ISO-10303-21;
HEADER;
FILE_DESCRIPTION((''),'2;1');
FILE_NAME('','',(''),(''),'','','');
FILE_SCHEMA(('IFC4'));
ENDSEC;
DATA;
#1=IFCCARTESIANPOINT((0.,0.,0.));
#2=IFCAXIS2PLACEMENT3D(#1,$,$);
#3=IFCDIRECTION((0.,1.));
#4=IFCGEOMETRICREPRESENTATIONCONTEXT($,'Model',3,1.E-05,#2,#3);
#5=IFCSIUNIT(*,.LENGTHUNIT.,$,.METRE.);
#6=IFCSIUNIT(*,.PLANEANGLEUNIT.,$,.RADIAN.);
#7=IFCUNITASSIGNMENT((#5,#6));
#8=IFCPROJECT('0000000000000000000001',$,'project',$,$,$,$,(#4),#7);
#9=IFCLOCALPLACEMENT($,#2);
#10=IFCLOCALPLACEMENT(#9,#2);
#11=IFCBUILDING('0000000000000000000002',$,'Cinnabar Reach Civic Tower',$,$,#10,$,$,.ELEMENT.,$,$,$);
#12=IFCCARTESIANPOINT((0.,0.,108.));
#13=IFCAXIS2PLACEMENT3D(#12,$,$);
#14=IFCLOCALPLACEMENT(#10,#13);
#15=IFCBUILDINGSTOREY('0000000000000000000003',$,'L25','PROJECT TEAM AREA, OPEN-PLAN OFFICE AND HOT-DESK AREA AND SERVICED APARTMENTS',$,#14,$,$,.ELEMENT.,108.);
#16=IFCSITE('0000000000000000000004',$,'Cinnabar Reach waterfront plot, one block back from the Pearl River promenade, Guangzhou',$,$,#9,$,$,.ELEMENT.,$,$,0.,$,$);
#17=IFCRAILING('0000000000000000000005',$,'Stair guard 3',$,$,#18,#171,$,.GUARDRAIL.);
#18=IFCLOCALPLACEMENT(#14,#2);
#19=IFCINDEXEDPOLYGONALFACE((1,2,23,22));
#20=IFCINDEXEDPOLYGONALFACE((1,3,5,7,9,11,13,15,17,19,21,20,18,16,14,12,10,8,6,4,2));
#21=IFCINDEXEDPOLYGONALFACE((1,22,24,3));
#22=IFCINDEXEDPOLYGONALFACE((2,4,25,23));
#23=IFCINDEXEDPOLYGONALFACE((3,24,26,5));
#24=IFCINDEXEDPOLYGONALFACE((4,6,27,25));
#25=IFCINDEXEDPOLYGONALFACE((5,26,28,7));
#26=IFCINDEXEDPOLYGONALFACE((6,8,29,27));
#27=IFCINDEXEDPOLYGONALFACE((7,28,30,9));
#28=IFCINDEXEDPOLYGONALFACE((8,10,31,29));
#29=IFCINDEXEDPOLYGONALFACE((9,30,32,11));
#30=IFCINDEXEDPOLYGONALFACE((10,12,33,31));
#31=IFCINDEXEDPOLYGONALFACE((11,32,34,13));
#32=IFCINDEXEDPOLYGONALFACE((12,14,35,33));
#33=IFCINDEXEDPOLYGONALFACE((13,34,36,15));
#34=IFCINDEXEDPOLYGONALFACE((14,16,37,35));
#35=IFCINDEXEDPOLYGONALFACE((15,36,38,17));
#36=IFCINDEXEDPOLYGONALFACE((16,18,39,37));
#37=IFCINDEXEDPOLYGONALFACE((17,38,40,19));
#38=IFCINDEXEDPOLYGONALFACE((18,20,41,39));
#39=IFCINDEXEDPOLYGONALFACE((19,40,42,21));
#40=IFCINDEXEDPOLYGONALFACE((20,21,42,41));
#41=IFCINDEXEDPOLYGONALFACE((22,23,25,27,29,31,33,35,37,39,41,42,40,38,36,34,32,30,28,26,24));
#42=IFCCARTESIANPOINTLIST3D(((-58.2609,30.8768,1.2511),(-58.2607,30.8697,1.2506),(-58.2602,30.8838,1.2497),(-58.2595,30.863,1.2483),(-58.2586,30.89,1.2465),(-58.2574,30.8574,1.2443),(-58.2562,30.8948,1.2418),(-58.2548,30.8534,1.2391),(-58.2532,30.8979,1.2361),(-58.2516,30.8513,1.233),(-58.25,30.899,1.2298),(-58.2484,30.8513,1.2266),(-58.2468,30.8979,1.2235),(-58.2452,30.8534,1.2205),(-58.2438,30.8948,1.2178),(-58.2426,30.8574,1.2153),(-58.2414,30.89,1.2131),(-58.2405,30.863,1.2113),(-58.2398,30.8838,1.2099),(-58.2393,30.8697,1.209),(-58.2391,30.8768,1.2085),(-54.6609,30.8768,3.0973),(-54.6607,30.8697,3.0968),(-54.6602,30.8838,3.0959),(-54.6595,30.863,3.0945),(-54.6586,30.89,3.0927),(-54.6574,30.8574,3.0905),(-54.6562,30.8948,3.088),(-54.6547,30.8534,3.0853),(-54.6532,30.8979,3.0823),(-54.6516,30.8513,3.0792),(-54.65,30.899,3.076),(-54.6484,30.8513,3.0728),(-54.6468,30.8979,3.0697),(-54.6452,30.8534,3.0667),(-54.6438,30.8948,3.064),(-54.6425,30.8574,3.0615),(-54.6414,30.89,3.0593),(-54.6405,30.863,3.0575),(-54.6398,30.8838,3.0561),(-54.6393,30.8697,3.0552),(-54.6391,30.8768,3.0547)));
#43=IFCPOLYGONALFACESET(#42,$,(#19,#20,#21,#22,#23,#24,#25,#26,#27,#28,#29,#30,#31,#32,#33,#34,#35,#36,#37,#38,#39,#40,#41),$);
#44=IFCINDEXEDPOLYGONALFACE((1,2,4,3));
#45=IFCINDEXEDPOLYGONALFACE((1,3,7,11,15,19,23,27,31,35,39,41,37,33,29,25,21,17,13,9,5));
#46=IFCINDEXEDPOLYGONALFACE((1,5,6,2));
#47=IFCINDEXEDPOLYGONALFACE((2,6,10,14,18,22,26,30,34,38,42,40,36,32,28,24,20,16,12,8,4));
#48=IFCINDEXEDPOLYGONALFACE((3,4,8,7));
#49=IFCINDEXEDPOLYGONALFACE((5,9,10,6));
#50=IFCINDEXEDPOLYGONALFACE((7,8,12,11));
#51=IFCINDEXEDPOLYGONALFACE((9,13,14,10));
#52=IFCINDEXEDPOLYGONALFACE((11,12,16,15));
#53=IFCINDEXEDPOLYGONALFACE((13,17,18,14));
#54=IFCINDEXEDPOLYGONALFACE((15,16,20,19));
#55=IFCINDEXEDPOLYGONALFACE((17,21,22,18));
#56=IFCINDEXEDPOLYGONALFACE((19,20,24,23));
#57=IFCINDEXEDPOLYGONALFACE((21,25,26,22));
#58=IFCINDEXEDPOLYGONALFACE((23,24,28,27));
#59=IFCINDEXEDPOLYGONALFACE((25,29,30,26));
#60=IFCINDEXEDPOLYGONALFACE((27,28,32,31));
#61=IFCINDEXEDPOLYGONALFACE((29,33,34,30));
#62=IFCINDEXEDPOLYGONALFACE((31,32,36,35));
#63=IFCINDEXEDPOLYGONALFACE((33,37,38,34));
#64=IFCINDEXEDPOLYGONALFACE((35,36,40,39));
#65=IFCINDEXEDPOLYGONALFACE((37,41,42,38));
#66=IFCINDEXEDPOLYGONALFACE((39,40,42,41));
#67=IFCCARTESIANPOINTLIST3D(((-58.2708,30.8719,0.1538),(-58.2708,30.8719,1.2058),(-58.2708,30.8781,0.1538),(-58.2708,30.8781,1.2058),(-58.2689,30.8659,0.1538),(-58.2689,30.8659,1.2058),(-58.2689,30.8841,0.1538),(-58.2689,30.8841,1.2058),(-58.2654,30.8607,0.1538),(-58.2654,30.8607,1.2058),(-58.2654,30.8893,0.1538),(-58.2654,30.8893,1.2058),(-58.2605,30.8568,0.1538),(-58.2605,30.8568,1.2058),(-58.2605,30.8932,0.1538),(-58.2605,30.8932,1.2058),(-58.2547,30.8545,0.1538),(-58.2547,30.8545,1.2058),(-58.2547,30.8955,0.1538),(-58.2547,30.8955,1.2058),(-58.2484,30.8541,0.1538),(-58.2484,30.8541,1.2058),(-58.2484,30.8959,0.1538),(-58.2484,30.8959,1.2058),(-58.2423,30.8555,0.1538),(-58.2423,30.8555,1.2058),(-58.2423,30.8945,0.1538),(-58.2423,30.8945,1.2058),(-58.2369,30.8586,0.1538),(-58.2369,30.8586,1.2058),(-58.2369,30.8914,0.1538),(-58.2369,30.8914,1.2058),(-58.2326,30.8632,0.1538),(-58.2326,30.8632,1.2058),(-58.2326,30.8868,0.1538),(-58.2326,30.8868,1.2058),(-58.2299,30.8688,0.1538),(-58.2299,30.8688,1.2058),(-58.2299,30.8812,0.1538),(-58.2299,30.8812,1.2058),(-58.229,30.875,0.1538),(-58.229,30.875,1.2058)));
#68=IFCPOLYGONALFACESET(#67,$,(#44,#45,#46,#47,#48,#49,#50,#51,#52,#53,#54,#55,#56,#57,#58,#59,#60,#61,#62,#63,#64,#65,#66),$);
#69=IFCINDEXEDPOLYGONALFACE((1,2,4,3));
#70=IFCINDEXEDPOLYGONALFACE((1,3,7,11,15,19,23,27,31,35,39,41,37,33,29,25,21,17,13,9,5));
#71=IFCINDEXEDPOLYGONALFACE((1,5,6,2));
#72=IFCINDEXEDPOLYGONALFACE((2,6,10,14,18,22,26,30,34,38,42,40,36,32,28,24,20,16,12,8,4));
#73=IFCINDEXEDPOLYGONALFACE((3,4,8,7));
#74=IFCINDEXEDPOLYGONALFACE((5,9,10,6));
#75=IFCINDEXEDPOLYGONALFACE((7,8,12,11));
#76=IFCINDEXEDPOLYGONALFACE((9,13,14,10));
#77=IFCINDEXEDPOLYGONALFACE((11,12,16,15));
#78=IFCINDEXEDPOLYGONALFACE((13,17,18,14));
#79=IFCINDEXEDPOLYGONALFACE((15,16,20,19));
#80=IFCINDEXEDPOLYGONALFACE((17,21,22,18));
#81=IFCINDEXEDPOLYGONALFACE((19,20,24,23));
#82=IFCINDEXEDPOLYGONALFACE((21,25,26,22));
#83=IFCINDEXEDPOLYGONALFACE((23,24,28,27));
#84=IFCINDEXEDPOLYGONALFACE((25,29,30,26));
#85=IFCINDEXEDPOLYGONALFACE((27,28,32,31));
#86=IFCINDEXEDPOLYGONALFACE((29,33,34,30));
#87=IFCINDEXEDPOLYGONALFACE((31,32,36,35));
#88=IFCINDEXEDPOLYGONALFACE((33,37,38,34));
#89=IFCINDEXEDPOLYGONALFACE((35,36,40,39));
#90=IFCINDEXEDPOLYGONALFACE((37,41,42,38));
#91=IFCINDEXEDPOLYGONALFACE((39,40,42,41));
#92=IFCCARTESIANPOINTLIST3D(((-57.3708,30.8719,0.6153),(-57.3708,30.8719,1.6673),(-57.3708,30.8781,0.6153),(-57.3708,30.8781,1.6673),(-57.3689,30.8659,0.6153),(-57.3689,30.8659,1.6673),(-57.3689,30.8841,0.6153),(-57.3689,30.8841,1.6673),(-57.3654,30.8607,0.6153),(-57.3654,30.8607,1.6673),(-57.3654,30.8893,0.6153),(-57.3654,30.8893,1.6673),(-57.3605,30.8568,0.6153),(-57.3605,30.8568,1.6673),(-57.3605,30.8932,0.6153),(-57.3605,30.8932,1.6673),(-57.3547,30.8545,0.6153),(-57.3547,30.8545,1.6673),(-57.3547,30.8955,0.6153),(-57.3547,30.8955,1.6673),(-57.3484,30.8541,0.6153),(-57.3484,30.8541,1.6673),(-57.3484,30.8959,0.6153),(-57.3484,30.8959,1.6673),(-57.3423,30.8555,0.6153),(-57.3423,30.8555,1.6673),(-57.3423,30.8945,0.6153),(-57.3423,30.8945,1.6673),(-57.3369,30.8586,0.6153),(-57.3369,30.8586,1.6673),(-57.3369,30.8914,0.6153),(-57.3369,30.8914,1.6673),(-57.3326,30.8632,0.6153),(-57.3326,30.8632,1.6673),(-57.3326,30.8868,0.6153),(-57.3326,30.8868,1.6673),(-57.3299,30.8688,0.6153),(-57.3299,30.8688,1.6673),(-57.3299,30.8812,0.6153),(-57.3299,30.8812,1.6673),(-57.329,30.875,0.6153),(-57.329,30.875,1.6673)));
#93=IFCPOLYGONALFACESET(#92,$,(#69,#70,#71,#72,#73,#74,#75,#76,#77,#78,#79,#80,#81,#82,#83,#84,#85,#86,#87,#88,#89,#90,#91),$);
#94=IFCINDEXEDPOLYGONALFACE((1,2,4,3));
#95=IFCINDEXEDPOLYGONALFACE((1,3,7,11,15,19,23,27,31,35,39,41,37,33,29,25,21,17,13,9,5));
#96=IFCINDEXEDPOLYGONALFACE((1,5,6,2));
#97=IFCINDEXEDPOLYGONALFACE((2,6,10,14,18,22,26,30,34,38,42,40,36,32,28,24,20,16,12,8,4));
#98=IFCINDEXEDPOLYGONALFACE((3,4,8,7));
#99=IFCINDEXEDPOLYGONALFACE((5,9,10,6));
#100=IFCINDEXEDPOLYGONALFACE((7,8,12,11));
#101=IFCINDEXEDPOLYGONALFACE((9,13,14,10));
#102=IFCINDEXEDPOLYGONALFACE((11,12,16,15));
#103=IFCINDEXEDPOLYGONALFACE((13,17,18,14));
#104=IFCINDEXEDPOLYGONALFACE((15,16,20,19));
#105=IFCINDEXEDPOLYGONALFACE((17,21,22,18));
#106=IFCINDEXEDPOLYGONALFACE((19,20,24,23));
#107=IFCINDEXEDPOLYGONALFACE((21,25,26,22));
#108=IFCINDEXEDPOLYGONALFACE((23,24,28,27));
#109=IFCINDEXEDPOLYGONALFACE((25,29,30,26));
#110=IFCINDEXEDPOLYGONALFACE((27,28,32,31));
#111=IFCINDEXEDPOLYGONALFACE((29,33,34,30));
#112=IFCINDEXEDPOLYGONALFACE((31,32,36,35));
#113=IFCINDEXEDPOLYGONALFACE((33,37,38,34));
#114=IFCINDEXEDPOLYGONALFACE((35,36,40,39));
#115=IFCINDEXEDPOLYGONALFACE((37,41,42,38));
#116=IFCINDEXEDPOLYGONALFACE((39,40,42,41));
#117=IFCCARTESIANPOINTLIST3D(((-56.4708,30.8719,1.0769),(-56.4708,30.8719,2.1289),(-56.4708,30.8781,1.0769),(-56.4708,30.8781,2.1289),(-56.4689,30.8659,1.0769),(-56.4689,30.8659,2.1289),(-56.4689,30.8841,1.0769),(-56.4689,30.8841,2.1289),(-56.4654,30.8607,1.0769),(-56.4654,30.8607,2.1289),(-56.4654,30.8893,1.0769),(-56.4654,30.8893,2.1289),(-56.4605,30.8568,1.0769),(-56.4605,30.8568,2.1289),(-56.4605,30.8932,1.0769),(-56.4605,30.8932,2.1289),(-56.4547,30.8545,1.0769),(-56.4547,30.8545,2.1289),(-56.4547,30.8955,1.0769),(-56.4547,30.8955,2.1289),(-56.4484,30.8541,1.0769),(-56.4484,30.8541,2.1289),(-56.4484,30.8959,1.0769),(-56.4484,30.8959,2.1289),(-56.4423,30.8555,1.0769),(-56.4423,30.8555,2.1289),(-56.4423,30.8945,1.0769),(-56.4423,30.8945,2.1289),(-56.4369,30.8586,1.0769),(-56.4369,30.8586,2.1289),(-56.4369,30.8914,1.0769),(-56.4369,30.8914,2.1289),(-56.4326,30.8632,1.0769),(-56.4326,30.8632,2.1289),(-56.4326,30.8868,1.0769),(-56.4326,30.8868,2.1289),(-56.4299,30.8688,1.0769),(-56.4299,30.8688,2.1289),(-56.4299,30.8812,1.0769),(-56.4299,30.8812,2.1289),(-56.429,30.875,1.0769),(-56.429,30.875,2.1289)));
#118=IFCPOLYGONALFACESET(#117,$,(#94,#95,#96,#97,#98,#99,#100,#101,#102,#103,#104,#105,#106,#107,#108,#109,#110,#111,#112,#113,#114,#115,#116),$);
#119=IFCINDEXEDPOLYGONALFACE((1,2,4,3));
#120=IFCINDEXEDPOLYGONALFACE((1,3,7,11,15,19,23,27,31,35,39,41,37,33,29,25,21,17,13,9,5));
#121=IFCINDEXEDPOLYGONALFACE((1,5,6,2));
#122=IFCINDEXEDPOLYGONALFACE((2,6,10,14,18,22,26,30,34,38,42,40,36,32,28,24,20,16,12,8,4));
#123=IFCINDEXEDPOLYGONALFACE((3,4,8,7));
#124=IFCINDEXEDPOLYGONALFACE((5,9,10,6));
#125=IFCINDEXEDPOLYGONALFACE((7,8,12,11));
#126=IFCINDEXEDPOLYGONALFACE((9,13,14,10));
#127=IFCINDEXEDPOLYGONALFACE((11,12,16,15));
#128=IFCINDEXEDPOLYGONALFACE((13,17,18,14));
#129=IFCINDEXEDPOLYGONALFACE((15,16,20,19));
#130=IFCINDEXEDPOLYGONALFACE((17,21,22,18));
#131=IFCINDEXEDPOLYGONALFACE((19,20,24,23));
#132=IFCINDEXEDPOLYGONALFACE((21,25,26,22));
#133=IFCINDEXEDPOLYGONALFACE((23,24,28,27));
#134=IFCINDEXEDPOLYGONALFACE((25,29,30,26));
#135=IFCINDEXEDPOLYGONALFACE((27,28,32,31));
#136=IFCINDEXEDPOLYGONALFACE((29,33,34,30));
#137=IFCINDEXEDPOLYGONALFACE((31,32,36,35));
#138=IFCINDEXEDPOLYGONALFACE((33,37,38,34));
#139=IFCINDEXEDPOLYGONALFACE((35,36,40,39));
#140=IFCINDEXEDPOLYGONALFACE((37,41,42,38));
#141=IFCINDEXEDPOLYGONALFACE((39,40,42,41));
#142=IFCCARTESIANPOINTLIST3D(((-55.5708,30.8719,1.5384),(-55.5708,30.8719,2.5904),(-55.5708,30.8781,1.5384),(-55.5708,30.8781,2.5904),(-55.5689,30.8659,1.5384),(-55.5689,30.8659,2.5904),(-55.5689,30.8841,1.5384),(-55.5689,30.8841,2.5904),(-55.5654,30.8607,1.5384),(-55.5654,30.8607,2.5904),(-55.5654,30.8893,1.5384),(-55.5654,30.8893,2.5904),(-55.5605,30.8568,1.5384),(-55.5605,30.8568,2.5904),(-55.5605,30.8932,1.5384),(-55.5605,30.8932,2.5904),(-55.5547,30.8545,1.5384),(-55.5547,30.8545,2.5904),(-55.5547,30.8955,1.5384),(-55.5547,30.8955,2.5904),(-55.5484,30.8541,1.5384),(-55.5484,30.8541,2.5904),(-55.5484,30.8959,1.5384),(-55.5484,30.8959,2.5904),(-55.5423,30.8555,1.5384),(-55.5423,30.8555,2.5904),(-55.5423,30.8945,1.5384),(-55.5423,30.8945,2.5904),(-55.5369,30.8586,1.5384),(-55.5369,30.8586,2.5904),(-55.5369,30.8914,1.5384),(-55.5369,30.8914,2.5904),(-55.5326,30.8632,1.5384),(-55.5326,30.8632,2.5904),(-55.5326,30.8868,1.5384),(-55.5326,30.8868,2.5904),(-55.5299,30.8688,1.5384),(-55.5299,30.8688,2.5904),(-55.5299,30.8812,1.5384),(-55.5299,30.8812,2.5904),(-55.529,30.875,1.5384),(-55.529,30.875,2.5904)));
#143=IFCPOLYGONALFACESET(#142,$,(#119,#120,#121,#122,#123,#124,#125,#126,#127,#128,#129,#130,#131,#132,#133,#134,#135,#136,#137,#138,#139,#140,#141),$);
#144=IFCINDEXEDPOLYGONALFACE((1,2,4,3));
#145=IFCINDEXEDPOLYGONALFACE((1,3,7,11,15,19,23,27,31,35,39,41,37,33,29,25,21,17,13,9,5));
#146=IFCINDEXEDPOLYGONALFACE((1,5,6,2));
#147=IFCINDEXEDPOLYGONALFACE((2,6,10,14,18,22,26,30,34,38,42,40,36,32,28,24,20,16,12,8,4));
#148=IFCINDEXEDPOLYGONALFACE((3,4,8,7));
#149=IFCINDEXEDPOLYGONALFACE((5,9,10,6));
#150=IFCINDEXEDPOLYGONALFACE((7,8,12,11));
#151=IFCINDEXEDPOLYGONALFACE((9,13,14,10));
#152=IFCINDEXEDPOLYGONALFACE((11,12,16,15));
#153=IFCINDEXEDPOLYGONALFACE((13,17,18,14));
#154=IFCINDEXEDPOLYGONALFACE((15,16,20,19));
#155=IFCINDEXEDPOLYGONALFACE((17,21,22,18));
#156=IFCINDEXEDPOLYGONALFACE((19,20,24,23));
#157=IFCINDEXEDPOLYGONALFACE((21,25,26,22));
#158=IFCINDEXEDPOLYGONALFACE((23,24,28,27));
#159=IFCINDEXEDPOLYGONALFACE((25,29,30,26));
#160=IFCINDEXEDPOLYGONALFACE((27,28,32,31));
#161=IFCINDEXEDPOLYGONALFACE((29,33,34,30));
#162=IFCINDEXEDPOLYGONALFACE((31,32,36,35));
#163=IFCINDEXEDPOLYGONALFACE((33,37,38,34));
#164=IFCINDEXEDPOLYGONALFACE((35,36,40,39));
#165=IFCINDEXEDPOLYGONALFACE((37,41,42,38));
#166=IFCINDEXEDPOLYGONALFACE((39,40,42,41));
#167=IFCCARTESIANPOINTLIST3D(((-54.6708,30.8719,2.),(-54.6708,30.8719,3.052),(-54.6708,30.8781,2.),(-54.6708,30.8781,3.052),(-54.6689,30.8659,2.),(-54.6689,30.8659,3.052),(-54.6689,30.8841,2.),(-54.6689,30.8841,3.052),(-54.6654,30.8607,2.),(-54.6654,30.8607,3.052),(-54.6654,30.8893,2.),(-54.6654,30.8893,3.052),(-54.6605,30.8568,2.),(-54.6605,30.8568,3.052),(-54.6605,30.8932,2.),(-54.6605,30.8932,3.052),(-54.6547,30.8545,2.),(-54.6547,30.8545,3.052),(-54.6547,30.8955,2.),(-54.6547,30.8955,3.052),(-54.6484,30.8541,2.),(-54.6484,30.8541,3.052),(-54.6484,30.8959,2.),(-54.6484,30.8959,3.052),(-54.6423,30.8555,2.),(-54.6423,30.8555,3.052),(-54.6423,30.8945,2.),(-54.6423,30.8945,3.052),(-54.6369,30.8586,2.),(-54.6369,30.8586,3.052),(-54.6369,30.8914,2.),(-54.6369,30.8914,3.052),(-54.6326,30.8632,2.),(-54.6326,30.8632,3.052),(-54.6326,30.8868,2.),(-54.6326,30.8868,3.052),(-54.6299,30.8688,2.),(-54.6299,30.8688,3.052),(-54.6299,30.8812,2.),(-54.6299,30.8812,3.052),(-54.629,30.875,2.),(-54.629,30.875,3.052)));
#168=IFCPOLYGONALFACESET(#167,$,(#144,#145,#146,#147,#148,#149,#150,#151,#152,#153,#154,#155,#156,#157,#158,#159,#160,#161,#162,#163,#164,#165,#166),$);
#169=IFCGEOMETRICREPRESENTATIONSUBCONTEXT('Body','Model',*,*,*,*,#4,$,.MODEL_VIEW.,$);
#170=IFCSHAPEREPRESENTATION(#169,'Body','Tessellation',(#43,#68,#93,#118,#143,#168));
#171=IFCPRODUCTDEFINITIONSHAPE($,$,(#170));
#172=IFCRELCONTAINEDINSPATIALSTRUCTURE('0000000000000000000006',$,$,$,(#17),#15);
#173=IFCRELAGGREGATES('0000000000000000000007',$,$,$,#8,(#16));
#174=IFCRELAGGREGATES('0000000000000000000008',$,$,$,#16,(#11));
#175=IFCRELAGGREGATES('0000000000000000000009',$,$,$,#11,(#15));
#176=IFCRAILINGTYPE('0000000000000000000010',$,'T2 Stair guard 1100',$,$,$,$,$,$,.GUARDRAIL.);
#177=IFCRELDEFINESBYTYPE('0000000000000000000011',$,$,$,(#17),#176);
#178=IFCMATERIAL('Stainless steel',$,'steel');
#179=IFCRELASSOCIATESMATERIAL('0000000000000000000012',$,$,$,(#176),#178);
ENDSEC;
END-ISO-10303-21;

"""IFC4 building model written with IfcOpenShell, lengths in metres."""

from ifc_helpers import new_model, si_unit, direction, frame, origin, origin_2d, place, context, subcontext, project, spatial, circle, extrude, material, type_object, element, save


model = new_model("IFC4")

# Units and contexts
model_context = context("Model", 3, precision=1e-05, world=origin(), true_north=direction((0.0, 1.0)))
body_context = subcontext(model_context, "Body", "Model", "MODEL_VIEW")
ifc_project = project(units=[si_unit("LENGTHUNIT", "METRE"), si_unit("PLANEANGLEUNIT", "RADIAN")], contexts=[model_context])

# Site, building, storey
site_placement = place(None, origin())
site = spatial("IfcSite", under=ifc_project, at=site_placement, Name="Cinnabar Reach waterfront plot, one block back from the Pearl River promenade, Guangzhou", CompositionType="ELEMENT", RefElevation=0.0)
building_placement = place(site_placement, origin())
building = spatial("IfcBuilding", under=site, at=building_placement, Name="Cinnabar Reach Civic Tower", CompositionType="ELEMENT")
storey_placement = place(building_placement, frame((0.0, 0.0, 108.0)))
storey = spatial("IfcBuildingStorey", under=building, at=storey_placement, Name="L25", Description="PROJECT TEAM AREA, OPEN-PLAN OFFICE AND HOT-DESK AREA AND SERVICED APARTMENTS", CompositionType="ELEMENT", Elevation=108.0)

# Railing
ifc_material_1 = material(Name="Stainless steel", Category="steel")
railing_type = type_object("IfcRailingType", Name="T2 Stair guard 1100", PredefinedType="GUARDRAIL", material=ifc_material_1)
railing_placement = place(storey_placement, frame((-58.25, 30.875, 0.1538)))
element("IfcRailing", 1, at=railing_placement, inside=storey, type_object=railing_type, Name="Stair guard 3", PredefinedType="GUARDRAIL", context=body_context, shape_type="SweptSolid", body=[
    extrude(circle(Radius=0.024, at=origin_2d()), frame((0.0, 0.0, 1.076), z_axis=(0.889813, 0.0, 0.456326), x_axis=(0.0, 1.0, 0.0)), (0.0, 0.0, 1.0), 4.0458),
    extrude(circle(Radius=0.021, at=origin_2d()), origin(), (0.0, 0.0, 1.0), 1.052),
    extrude(circle(Radius=0.021, at=origin_2d()), frame((0.9, 0.0, 0.4615)), (0.0, 0.0, 1.0), 1.052),
    extrude(circle(Radius=0.021, at=origin_2d()), frame((1.8, 0.0, 0.9231)), (0.0, 0.0, 1.0), 1.052),
    extrude(circle(Radius=0.021, at=origin_2d()), frame((2.7, 0.0, 1.3846)), (0.0, 0.0, 1.0), 1.052),
    extrude(circle(Radius=0.021, at=origin_2d()), frame((3.6, 0.0, 1.8462)), (0.0, 0.0, 1.0), 1.052),
])

save(model, "model.ifc")
